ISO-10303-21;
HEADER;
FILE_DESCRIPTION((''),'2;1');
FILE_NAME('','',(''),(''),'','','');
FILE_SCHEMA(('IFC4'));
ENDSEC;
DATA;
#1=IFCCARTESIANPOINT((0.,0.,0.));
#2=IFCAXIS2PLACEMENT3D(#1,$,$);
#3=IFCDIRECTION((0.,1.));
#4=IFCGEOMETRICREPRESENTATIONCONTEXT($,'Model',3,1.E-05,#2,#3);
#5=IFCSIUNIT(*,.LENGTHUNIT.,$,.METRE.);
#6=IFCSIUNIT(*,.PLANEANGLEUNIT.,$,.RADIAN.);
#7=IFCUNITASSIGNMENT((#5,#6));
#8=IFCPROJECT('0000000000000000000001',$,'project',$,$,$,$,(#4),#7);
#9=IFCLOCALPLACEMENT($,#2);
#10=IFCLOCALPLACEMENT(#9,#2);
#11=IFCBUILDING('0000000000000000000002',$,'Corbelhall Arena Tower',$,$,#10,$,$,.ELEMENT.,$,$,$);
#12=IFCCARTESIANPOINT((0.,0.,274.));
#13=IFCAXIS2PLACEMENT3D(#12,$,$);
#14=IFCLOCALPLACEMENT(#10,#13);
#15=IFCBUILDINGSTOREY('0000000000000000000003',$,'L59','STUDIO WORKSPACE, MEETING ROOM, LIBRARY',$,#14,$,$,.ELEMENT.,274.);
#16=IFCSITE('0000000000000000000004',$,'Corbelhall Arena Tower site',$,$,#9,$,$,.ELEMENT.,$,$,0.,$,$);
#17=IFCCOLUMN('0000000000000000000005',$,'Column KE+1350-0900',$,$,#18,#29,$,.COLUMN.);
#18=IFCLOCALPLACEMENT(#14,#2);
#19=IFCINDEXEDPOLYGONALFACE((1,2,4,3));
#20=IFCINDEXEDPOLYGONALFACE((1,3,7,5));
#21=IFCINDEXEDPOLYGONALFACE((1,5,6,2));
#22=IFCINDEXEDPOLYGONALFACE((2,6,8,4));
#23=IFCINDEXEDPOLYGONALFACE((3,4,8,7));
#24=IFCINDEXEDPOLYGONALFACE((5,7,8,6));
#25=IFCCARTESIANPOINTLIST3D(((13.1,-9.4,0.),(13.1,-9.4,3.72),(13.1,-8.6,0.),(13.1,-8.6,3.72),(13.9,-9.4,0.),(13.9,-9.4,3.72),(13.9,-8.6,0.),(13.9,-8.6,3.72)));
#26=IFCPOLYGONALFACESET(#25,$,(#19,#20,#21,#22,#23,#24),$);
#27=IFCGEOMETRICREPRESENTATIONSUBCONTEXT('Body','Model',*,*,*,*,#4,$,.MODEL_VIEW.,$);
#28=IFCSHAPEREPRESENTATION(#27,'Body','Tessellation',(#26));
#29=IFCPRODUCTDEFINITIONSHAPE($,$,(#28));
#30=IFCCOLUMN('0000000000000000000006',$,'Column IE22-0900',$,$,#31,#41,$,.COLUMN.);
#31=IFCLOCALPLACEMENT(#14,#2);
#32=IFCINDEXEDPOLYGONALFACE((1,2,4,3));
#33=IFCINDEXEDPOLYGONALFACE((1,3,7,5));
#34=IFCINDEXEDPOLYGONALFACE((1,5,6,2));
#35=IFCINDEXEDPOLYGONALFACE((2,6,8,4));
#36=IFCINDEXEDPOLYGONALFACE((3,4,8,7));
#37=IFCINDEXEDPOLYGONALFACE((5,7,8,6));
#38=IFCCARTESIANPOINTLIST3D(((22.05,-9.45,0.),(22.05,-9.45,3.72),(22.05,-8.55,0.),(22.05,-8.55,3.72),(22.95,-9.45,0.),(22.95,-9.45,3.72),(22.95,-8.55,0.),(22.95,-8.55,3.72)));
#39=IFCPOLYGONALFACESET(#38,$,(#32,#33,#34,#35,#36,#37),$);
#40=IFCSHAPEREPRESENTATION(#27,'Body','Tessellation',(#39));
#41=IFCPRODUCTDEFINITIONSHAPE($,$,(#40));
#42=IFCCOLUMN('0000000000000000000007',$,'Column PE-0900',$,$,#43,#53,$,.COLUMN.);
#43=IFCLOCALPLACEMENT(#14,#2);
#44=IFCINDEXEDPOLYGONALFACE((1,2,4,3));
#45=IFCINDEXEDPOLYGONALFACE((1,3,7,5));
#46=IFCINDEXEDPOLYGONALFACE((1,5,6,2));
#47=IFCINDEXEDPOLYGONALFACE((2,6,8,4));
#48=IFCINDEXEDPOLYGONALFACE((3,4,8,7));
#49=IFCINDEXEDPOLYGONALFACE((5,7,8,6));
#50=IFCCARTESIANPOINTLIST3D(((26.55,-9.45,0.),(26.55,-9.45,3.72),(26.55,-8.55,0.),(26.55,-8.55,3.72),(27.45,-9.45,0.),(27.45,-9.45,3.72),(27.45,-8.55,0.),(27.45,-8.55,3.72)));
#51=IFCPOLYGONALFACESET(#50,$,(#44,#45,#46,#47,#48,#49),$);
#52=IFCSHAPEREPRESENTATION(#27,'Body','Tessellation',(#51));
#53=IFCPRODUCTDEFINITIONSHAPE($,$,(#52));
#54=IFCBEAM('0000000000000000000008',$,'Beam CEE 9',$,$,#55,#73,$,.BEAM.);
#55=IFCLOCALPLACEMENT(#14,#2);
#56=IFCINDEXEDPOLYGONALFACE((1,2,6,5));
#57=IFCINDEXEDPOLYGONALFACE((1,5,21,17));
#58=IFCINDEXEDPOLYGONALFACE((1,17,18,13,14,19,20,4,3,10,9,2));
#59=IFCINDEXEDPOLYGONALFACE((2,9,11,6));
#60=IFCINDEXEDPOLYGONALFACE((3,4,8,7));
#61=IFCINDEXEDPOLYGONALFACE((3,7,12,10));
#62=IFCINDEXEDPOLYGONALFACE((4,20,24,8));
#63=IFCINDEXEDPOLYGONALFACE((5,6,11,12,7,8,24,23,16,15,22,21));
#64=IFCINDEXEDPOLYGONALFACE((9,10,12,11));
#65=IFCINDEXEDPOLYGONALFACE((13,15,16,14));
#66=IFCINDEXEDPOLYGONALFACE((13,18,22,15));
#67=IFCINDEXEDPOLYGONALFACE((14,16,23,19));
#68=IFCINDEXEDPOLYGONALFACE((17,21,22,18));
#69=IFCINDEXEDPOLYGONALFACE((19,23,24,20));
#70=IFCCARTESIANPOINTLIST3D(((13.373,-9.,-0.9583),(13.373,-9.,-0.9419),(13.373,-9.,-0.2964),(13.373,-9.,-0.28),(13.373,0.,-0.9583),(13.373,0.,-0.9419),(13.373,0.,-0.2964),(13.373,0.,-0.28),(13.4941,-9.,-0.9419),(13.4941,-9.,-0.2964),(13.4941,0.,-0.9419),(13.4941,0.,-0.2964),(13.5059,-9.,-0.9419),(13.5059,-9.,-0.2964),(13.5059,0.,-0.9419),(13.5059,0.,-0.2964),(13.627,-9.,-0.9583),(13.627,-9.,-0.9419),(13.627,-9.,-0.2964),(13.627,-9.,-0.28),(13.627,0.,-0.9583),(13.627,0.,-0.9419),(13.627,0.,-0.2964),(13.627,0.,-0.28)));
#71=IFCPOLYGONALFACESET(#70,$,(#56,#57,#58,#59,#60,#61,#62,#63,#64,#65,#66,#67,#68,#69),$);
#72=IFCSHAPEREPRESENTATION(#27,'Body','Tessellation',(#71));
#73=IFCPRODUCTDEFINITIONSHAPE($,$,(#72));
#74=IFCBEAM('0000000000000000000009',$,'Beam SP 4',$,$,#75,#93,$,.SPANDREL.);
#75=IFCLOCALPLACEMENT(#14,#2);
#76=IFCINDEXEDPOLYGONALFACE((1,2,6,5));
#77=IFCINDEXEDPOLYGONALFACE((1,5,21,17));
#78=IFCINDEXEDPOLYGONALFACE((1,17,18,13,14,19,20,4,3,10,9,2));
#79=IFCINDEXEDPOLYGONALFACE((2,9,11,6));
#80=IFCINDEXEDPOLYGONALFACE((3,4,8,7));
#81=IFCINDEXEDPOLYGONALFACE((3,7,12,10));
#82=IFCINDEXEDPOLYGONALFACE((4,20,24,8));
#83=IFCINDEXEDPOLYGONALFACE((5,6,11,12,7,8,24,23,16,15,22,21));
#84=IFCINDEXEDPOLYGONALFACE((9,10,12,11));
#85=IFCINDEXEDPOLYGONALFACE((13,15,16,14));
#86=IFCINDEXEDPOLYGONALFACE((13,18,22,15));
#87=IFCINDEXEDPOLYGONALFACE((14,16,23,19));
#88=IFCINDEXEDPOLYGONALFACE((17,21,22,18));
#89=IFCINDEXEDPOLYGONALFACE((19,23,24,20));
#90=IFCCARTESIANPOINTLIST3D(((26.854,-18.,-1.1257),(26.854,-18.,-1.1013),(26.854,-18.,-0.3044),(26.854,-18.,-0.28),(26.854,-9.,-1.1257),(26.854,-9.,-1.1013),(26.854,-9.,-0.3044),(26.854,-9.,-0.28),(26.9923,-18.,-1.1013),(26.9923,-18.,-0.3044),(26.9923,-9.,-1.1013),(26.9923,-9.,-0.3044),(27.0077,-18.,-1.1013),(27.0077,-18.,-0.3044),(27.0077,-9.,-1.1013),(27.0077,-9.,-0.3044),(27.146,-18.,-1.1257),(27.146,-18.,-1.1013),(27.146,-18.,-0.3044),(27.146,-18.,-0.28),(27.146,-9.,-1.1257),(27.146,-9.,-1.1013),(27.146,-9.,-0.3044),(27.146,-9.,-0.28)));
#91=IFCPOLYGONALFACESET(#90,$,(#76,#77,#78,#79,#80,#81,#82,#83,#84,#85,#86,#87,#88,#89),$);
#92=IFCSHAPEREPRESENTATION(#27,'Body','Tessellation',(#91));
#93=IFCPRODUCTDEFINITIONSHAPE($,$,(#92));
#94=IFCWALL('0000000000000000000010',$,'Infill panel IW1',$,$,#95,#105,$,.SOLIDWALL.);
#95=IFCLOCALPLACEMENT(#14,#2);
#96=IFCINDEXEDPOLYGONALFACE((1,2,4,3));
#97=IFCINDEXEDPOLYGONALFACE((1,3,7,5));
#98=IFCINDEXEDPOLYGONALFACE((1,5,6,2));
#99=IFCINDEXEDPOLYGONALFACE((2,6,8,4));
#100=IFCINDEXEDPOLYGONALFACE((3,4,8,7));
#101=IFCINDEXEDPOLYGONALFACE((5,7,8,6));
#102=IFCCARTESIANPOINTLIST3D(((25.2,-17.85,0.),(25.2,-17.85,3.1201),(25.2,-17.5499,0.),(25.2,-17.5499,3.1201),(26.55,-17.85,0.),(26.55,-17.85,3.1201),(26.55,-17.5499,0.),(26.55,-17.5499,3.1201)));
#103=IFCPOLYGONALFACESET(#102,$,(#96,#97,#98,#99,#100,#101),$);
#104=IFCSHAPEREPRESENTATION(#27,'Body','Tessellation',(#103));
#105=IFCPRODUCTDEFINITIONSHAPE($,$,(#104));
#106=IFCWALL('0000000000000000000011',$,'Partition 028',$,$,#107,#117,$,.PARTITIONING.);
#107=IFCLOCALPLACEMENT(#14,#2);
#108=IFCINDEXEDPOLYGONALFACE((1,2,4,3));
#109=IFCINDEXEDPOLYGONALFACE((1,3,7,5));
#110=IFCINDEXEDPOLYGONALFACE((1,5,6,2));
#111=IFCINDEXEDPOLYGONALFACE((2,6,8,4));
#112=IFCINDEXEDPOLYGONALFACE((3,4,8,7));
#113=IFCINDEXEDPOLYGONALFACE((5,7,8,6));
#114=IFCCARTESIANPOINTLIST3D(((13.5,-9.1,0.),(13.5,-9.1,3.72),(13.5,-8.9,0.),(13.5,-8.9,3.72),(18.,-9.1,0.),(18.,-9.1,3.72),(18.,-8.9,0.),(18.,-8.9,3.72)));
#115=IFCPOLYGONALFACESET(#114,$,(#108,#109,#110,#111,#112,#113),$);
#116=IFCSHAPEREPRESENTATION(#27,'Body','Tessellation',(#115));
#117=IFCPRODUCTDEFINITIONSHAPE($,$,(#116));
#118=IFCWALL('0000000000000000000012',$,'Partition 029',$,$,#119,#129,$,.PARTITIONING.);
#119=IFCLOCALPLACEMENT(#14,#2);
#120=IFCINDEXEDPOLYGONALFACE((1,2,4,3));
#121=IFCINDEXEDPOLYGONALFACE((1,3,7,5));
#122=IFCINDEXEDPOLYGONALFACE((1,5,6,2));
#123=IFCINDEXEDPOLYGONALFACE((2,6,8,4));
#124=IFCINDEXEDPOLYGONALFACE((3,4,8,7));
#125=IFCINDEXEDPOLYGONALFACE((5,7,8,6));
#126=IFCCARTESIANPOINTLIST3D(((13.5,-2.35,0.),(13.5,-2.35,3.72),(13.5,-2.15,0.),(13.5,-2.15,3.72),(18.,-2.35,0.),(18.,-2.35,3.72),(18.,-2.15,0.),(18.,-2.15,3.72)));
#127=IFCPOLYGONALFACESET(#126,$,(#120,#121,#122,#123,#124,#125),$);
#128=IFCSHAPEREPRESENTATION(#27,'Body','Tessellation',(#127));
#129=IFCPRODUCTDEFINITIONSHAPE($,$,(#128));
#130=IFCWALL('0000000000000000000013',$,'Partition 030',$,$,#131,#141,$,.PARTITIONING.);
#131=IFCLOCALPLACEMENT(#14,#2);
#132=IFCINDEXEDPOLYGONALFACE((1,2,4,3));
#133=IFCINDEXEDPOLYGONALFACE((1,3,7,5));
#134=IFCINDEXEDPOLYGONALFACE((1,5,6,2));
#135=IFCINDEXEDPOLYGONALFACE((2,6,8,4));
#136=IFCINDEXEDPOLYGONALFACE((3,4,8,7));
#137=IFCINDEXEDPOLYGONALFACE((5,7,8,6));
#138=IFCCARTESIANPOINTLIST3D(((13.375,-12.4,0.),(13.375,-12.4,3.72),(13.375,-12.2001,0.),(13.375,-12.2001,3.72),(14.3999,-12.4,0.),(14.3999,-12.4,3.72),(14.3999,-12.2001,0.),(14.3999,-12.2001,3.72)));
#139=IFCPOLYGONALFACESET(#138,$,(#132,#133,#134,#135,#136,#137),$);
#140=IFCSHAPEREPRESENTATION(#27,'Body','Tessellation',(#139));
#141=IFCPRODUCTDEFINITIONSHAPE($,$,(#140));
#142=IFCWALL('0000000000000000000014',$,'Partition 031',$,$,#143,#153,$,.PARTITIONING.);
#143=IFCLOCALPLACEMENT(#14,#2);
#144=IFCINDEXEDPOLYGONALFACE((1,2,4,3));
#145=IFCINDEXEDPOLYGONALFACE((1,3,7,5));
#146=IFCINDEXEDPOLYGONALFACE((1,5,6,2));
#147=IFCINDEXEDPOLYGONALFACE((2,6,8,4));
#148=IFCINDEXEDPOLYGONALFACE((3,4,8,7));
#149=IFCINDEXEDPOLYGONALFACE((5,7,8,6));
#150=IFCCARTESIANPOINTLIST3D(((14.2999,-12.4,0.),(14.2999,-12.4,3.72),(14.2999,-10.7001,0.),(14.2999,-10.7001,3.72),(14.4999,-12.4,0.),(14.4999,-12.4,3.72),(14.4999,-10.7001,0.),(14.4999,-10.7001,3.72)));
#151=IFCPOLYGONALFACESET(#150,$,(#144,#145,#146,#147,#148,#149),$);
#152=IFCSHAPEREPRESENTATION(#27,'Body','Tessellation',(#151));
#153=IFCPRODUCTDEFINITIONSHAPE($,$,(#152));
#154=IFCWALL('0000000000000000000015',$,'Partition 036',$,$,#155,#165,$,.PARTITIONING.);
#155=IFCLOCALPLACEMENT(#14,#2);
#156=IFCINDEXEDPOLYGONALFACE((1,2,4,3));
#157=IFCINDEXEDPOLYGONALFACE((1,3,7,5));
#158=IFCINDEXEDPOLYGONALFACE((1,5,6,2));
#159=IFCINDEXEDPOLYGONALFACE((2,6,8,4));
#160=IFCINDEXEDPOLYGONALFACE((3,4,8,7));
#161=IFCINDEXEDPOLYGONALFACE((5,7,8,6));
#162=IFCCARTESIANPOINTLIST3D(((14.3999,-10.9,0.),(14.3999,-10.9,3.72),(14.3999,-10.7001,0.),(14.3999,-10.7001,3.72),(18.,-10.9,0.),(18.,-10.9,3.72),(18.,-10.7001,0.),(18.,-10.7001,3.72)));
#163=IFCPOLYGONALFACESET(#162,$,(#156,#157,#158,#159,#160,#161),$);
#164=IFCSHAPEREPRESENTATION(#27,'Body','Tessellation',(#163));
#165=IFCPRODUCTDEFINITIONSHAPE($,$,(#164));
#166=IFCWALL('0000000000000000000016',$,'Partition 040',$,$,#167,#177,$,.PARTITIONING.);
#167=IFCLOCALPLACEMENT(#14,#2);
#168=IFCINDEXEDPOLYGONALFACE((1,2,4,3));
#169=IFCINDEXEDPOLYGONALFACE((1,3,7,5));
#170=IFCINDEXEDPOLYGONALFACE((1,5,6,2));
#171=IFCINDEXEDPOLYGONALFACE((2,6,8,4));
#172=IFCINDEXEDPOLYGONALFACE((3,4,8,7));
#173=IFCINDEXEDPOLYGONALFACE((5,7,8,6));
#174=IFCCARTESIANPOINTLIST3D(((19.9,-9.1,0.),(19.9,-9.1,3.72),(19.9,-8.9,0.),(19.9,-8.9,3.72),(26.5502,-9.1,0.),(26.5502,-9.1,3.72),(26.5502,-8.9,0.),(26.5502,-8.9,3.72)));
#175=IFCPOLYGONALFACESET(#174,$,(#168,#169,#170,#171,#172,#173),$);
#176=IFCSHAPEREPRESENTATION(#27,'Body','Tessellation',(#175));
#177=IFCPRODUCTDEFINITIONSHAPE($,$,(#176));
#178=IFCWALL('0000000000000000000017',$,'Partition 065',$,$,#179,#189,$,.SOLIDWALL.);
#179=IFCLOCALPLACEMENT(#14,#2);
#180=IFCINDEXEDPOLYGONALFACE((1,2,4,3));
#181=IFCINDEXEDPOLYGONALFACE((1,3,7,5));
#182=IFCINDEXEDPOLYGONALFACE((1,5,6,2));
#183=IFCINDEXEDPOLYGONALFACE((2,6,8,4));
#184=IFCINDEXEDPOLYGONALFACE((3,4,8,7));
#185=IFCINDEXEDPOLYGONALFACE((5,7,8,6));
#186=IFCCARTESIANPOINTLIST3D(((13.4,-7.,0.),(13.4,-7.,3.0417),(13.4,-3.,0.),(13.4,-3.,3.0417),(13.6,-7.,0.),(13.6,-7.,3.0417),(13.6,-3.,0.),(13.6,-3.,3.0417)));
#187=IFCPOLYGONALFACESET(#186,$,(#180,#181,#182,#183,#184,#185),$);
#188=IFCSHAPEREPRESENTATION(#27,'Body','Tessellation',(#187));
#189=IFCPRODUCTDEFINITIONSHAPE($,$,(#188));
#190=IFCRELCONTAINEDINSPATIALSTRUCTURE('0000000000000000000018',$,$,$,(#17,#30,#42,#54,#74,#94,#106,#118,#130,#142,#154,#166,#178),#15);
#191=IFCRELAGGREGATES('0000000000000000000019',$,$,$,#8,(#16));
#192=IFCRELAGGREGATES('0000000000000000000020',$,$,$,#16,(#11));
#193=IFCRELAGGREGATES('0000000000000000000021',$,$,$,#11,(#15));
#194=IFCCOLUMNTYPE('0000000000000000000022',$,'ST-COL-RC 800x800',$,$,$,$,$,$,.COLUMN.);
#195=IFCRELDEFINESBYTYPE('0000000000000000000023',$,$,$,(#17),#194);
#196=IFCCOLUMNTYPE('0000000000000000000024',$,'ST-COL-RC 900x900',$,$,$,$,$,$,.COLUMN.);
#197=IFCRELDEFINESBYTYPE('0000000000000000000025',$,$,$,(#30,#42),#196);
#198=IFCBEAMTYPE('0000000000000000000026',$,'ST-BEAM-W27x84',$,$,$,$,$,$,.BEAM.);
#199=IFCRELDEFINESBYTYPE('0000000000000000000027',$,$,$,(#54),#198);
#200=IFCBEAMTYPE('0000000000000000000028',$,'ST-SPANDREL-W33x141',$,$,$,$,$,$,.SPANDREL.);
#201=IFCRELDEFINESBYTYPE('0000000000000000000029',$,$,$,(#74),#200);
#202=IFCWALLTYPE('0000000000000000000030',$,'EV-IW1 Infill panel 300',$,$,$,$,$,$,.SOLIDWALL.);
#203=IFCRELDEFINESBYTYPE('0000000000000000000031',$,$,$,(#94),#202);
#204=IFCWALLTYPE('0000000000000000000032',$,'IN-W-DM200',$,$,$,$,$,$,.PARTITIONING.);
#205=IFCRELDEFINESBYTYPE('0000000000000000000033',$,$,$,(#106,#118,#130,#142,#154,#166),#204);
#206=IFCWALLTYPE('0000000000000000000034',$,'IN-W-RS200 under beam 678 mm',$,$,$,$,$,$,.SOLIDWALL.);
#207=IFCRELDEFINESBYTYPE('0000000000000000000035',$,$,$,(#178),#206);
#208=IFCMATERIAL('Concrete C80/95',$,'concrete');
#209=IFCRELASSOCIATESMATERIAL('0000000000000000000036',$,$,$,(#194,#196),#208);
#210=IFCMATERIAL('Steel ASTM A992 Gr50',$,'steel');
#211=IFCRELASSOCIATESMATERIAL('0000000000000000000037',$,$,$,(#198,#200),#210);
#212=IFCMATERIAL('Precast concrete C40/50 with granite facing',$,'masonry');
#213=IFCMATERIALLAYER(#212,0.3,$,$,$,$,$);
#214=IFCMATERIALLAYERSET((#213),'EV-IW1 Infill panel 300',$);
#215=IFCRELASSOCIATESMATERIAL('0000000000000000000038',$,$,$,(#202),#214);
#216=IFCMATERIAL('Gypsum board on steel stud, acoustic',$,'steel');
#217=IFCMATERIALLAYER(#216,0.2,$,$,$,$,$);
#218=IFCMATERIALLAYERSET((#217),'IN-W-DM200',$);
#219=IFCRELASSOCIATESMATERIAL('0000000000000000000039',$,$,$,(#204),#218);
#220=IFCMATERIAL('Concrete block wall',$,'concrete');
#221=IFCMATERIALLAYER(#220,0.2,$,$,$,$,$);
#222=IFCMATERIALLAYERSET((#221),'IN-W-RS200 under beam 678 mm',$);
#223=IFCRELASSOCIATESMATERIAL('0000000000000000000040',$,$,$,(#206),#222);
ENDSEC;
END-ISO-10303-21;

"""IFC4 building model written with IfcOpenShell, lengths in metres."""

from ifc_helpers import new_model, si_unit, direction, frame, frame_2d, origin, origin_2d, place, context, subcontext, project, spatial, rectangle, i_section, extrude, material, layer, layer_set, material_profile, profile_set, type_object, element, save


model = new_model("IFC4")

# Units and contexts
model_context = context("Model", 3, precision=1e-05, world=origin(), true_north=direction((0.0, 1.0)))
body_context = subcontext(model_context, "Body", "Model", "MODEL_VIEW")
ifc_project = project(units=[si_unit("LENGTHUNIT", "METRE"), si_unit("PLANEANGLEUNIT", "RADIAN")], contexts=[model_context])

# Site, building, storey
site_placement = place(None, origin())
site = spatial("IfcSite", under=ifc_project, at=site_placement, Name="Corbelhall Arena Tower site", CompositionType="ELEMENT", RefElevation=0.0)
building_placement = place(site_placement, origin())
building = spatial("IfcBuilding", under=site, at=building_placement, Name="Corbelhall Arena Tower", CompositionType="ELEMENT")
storey_placement = place(building_placement, frame((0.0, 0.0, 274.0)))
storey = spatial("IfcBuildingStorey", under=building, at=storey_placement, Name="L59", Description="STUDIO WORKSPACE, MEETING ROOM, LIBRARY", CompositionType="ELEMENT", Elevation=274.0)

# Columns
ifc_material_1 = material(Name="Concrete C80/95", Category="concrete")
ifc_material_profile_1 = material_profile(ifc_material_1, rectangle(XDim=0.8, YDim=0.8, at=origin_2d()))
ifc_profile_set_1 = profile_set([ifc_material_profile_1], Name="Concrete C80/95")
column_type_1 = type_object("IfcColumnType", Name="ST-COL-RC 800x800", PredefinedType="COLUMN", material=ifc_profile_set_1)
column_placement = place(storey_placement, frame((13.5, -9.0, 0.0), z_axis=(0.0, 0.0, 1.0), x_axis=(1.0, 0.0, 0.0)))
element("IfcColumn", 1, at=column_placement, inside=storey, type_object=column_type_1, Name="Column KE+1350-0900", PredefinedType="COLUMN", context=body_context, shape_type="SweptSolid", body=[
    extrude(rectangle(XDim=0.8, YDim=0.8, at=origin_2d()), origin(), (0.0, 0.0, 1.0), 3.72),
])
ifc_material_profile_2 = material_profile(ifc_material_1, rectangle(XDim=0.8999, YDim=0.8999, at=origin_2d()))
ifc_profile_set_2 = profile_set([ifc_material_profile_2], Name="Concrete C80/95")
column_type_2 = type_object("IfcColumnType", Name="ST-COL-RC 900x900", PredefinedType="COLUMN", material=ifc_profile_set_2)
for number, where, z_axis, x_axis, name in (
    (2, (22.5, -9.0, 0.0), (0.0, 0.0, 1.0), (1.0, 0.0, 0.0), "Column IE22-0900"),
    (3, (27.0, -9.0, 0.0), (0.0, 0.0, 1.0), (0.0, 1.0, 0.0), "Column PE-0900"),
):
    element("IfcColumn", number, at=place(storey_placement, frame(where, z_axis=z_axis, x_axis=x_axis)), inside=storey, type_object=column_type_2, Name=name, PredefinedType="COLUMN", context=body_context, shape_type="SweptSolid", body=[
        extrude(rectangle(XDim=0.8999, YDim=0.8999, at=origin_2d()), origin(), (0.0, 0.0, 1.0), 3.72),
    ])

# Beams
ifc_material_2 = material(Name="Steel ASTM A992 Gr50", Category="steel")
ifc_material_profile_3 = material_profile(ifc_material_2, i_section(OverallWidth=0.2539, OverallDepth=0.6782, WebThickness=0.0117, FlangeThickness=0.0164, at=origin_2d()))
ifc_profile_set_3 = profile_set([ifc_material_profile_3], Name="Steel ASTM A992 Gr50")
beam_type_1 = type_object("IfcBeamType", Name="ST-BEAM-W27x84", PredefinedType="BEAM", material=ifc_profile_set_3)
beam_1_placement = place(storey_placement, frame((13.5, -9.0, -0.6191), z_axis=(0.0, 1.0, 0.0), x_axis=(-1.0, 0.0, 0.0)))
element("IfcBeam", 4, at=beam_1_placement, inside=storey, type_object=beam_type_1, Name="Beam CEE 9", PredefinedType="BEAM", context=body_context, shape_type="SweptSolid", body=[
    extrude(i_section(OverallWidth=0.2539, OverallDepth=0.6782, WebThickness=0.0117, FlangeThickness=0.0164, at=origin_2d()), origin(), (0.0, 0.0, 1.0), 9.0),
])
ifc_material_profile_4 = material_profile(ifc_material_2, i_section(OverallWidth=0.292, OverallDepth=0.8457, WebThickness=0.0154, FlangeThickness=0.0244, at=origin_2d()))
ifc_profile_set_4 = profile_set([ifc_material_profile_4], Name="Steel ASTM A992 Gr50")
beam_type_2 = type_object("IfcBeamType", Name="ST-SPANDREL-W33x141", PredefinedType="SPANDREL", material=ifc_profile_set_4)
beam_2_placement = place(storey_placement, frame((27.0, -9.0, -0.7029), z_axis=(0.0, -1.0, 0.0), x_axis=(1.0, 0.0, 0.0)))
element("IfcBeam", 5, at=beam_2_placement, inside=storey, type_object=beam_type_2, Name="Beam SP 4", PredefinedType="SPANDREL", context=body_context, shape_type="SweptSolid", body=[
    extrude(i_section(OverallWidth=0.292, OverallDepth=0.8457, WebThickness=0.0154, FlangeThickness=0.0244, at=origin_2d()), origin(), (0.0, 0.0, 1.0), 9.0),
])

# Wall
ifc_material_3 = material(Name="Precast concrete C40/50 with granite facing", Category="masonry")
ifc_layer_1 = layer(ifc_material_3, 0.3)
ifc_layer_set_1 = layer_set([ifc_layer_1], Name="EV-IW1 Infill panel 300")
wall_type_1 = type_object("IfcWallType", Name="EV-IW1 Infill panel 300", PredefinedType="SOLIDWALL", material=ifc_layer_set_1)
wall_1_placement = place(storey_placement, frame((25.2, -17.7, 0.0), z_axis=(0.0, 0.0, 1.0), x_axis=(1.0, 0.0, 0.0)))
element("IfcWall", 6, at=wall_1_placement, inside=storey, type_object=wall_type_1, Name="Infill panel IW1", PredefinedType="SOLIDWALL", context=body_context, shape_type="SweptSolid", body=[
    extrude(rectangle(XDim=1.3501, YDim=0.3, at=frame_2d((0.675, 0.0))), origin(), (0.0, 0.0, 1.0), 3.1201),
])

# Walls
ifc_material_4 = material(Name="Gypsum board on steel stud, acoustic", Category="steel")
ifc_layer_2 = layer(ifc_material_4, 0.2)
ifc_layer_set_2 = layer_set([ifc_layer_2], Name="IN-W-DM200")
wall_type_2 = type_object("IfcWallType", Name="IN-W-DM200", PredefinedType="PARTITIONING", material=ifc_layer_set_2)
for number, where, z_axis, x_axis, name in (
    (7, (13.5, -9.0, 0.0), (0.0, 0.0, 1.0), (1.0, 0.0, 0.0), "Partition 028"),
    (8, (13.5, -2.25, 0.0), (0.0, 0.0, 1.0), (1.0, 0.0, 0.0), "Partition 029"),
):
    element("IfcWall", number, at=place(storey_placement, frame(where, z_axis=z_axis, x_axis=x_axis)), inside=storey, type_object=wall_type_2, Name=name, PredefinedType="PARTITIONING", context=body_context, shape_type="SweptSolid", body=[
        extrude(rectangle(XDim=4.5, YDim=0.2, at=frame_2d((2.25, 0.0))), origin(), (0.0, 0.0, 1.0), 3.72),
    ])
wall_2_placement = place(storey_placement, frame((14.3999, -12.3, 0.0), z_axis=(0.0, 0.0, 1.0), x_axis=(-1.0, 0.0, 0.0)))
element("IfcWall", 9, at=wall_2_placement, inside=storey, type_object=wall_type_2, Name="Partition 030", PredefinedType="PARTITIONING", context=body_context, shape_type="SweptSolid", body=[
    extrude(rectangle(XDim=1.0249, YDim=0.2, at=frame_2d((0.5125, 0.0))), origin(), (0.0, 0.0, 1.0), 3.72),
])
wall_3_placement = place(storey_placement, frame((14.3999, -10.7, 0.0), z_axis=(0.0, 0.0, 1.0), x_axis=(0.0, -1.0, 0.0)))
element("IfcWall", 10, at=wall_3_placement, inside=storey, type_object=wall_type_2, Name="Partition 031", PredefinedType="PARTITIONING", context=body_context, shape_type="SweptSolid", body=[
    extrude(rectangle(XDim=1.7, YDim=0.2, at=frame_2d((0.8501, 0.0))), origin(), (0.0, 0.0, 1.0), 3.72),
])
wall_4_placement = place(storey_placement, frame((18.0, -10.8, 0.0), z_axis=(0.0, 0.0, 1.0), x_axis=(-1.0, 0.0, 0.0)))
element("IfcWall", 11, at=wall_4_placement, inside=storey, type_object=wall_type_2, Name="Partition 036", PredefinedType="PARTITIONING", context=body_context, shape_type="SweptSolid", body=[
    extrude(rectangle(XDim=3.6001, YDim=0.2, at=frame_2d((1.8, 0.0))), origin(), (0.0, 0.0, 1.0), 3.72),
])

# Walls
wall_5_placement = place(storey_placement, frame((19.8999, -9.0, 0.0), z_axis=(0.0, 0.0, 1.0), x_axis=(1.0, 0.0, 0.0)))
element("IfcWall", 12, at=wall_5_placement, inside=storey, type_object=wall_type_2, Name="Partition 040", PredefinedType="PARTITIONING", context=body_context, shape_type="SweptSolid", body=[
    extrude(rectangle(XDim=6.6501, YDim=0.2, at=frame_2d((3.3252, 0.0))), origin(), (0.0, 0.0, 1.0), 3.72),
])
ifc_material_5 = material(Name="Concrete block wall", Category="concrete")
ifc_layer_3 = layer(ifc_material_5, 0.2)
ifc_layer_set_3 = layer_set([ifc_layer_3], Name="IN-W-RS200 under beam 678 mm")
wall_type_3 = type_object("IfcWallType", Name="IN-W-RS200 under beam 678 mm", PredefinedType="SOLIDWALL", material=ifc_layer_set_3)
wall_6_placement = place(storey_placement, frame((13.5, -3.0, 0.0), z_axis=(0.0, 0.0, 1.0), x_axis=(0.0, -1.0, 0.0)))
element("IfcWall", 13, at=wall_6_placement, inside=storey, type_object=wall_type_3, Name="Partition 065", PredefinedType="SOLIDWALL", context=body_context, shape_type="SweptSolid", body=[
    extrude(rectangle(XDim=4.0, YDim=0.2, at=frame_2d((2.0, 0.0))), origin(), (0.0, 0.0, 1.0), 3.0417),
])

save(model, "model.ifc")
